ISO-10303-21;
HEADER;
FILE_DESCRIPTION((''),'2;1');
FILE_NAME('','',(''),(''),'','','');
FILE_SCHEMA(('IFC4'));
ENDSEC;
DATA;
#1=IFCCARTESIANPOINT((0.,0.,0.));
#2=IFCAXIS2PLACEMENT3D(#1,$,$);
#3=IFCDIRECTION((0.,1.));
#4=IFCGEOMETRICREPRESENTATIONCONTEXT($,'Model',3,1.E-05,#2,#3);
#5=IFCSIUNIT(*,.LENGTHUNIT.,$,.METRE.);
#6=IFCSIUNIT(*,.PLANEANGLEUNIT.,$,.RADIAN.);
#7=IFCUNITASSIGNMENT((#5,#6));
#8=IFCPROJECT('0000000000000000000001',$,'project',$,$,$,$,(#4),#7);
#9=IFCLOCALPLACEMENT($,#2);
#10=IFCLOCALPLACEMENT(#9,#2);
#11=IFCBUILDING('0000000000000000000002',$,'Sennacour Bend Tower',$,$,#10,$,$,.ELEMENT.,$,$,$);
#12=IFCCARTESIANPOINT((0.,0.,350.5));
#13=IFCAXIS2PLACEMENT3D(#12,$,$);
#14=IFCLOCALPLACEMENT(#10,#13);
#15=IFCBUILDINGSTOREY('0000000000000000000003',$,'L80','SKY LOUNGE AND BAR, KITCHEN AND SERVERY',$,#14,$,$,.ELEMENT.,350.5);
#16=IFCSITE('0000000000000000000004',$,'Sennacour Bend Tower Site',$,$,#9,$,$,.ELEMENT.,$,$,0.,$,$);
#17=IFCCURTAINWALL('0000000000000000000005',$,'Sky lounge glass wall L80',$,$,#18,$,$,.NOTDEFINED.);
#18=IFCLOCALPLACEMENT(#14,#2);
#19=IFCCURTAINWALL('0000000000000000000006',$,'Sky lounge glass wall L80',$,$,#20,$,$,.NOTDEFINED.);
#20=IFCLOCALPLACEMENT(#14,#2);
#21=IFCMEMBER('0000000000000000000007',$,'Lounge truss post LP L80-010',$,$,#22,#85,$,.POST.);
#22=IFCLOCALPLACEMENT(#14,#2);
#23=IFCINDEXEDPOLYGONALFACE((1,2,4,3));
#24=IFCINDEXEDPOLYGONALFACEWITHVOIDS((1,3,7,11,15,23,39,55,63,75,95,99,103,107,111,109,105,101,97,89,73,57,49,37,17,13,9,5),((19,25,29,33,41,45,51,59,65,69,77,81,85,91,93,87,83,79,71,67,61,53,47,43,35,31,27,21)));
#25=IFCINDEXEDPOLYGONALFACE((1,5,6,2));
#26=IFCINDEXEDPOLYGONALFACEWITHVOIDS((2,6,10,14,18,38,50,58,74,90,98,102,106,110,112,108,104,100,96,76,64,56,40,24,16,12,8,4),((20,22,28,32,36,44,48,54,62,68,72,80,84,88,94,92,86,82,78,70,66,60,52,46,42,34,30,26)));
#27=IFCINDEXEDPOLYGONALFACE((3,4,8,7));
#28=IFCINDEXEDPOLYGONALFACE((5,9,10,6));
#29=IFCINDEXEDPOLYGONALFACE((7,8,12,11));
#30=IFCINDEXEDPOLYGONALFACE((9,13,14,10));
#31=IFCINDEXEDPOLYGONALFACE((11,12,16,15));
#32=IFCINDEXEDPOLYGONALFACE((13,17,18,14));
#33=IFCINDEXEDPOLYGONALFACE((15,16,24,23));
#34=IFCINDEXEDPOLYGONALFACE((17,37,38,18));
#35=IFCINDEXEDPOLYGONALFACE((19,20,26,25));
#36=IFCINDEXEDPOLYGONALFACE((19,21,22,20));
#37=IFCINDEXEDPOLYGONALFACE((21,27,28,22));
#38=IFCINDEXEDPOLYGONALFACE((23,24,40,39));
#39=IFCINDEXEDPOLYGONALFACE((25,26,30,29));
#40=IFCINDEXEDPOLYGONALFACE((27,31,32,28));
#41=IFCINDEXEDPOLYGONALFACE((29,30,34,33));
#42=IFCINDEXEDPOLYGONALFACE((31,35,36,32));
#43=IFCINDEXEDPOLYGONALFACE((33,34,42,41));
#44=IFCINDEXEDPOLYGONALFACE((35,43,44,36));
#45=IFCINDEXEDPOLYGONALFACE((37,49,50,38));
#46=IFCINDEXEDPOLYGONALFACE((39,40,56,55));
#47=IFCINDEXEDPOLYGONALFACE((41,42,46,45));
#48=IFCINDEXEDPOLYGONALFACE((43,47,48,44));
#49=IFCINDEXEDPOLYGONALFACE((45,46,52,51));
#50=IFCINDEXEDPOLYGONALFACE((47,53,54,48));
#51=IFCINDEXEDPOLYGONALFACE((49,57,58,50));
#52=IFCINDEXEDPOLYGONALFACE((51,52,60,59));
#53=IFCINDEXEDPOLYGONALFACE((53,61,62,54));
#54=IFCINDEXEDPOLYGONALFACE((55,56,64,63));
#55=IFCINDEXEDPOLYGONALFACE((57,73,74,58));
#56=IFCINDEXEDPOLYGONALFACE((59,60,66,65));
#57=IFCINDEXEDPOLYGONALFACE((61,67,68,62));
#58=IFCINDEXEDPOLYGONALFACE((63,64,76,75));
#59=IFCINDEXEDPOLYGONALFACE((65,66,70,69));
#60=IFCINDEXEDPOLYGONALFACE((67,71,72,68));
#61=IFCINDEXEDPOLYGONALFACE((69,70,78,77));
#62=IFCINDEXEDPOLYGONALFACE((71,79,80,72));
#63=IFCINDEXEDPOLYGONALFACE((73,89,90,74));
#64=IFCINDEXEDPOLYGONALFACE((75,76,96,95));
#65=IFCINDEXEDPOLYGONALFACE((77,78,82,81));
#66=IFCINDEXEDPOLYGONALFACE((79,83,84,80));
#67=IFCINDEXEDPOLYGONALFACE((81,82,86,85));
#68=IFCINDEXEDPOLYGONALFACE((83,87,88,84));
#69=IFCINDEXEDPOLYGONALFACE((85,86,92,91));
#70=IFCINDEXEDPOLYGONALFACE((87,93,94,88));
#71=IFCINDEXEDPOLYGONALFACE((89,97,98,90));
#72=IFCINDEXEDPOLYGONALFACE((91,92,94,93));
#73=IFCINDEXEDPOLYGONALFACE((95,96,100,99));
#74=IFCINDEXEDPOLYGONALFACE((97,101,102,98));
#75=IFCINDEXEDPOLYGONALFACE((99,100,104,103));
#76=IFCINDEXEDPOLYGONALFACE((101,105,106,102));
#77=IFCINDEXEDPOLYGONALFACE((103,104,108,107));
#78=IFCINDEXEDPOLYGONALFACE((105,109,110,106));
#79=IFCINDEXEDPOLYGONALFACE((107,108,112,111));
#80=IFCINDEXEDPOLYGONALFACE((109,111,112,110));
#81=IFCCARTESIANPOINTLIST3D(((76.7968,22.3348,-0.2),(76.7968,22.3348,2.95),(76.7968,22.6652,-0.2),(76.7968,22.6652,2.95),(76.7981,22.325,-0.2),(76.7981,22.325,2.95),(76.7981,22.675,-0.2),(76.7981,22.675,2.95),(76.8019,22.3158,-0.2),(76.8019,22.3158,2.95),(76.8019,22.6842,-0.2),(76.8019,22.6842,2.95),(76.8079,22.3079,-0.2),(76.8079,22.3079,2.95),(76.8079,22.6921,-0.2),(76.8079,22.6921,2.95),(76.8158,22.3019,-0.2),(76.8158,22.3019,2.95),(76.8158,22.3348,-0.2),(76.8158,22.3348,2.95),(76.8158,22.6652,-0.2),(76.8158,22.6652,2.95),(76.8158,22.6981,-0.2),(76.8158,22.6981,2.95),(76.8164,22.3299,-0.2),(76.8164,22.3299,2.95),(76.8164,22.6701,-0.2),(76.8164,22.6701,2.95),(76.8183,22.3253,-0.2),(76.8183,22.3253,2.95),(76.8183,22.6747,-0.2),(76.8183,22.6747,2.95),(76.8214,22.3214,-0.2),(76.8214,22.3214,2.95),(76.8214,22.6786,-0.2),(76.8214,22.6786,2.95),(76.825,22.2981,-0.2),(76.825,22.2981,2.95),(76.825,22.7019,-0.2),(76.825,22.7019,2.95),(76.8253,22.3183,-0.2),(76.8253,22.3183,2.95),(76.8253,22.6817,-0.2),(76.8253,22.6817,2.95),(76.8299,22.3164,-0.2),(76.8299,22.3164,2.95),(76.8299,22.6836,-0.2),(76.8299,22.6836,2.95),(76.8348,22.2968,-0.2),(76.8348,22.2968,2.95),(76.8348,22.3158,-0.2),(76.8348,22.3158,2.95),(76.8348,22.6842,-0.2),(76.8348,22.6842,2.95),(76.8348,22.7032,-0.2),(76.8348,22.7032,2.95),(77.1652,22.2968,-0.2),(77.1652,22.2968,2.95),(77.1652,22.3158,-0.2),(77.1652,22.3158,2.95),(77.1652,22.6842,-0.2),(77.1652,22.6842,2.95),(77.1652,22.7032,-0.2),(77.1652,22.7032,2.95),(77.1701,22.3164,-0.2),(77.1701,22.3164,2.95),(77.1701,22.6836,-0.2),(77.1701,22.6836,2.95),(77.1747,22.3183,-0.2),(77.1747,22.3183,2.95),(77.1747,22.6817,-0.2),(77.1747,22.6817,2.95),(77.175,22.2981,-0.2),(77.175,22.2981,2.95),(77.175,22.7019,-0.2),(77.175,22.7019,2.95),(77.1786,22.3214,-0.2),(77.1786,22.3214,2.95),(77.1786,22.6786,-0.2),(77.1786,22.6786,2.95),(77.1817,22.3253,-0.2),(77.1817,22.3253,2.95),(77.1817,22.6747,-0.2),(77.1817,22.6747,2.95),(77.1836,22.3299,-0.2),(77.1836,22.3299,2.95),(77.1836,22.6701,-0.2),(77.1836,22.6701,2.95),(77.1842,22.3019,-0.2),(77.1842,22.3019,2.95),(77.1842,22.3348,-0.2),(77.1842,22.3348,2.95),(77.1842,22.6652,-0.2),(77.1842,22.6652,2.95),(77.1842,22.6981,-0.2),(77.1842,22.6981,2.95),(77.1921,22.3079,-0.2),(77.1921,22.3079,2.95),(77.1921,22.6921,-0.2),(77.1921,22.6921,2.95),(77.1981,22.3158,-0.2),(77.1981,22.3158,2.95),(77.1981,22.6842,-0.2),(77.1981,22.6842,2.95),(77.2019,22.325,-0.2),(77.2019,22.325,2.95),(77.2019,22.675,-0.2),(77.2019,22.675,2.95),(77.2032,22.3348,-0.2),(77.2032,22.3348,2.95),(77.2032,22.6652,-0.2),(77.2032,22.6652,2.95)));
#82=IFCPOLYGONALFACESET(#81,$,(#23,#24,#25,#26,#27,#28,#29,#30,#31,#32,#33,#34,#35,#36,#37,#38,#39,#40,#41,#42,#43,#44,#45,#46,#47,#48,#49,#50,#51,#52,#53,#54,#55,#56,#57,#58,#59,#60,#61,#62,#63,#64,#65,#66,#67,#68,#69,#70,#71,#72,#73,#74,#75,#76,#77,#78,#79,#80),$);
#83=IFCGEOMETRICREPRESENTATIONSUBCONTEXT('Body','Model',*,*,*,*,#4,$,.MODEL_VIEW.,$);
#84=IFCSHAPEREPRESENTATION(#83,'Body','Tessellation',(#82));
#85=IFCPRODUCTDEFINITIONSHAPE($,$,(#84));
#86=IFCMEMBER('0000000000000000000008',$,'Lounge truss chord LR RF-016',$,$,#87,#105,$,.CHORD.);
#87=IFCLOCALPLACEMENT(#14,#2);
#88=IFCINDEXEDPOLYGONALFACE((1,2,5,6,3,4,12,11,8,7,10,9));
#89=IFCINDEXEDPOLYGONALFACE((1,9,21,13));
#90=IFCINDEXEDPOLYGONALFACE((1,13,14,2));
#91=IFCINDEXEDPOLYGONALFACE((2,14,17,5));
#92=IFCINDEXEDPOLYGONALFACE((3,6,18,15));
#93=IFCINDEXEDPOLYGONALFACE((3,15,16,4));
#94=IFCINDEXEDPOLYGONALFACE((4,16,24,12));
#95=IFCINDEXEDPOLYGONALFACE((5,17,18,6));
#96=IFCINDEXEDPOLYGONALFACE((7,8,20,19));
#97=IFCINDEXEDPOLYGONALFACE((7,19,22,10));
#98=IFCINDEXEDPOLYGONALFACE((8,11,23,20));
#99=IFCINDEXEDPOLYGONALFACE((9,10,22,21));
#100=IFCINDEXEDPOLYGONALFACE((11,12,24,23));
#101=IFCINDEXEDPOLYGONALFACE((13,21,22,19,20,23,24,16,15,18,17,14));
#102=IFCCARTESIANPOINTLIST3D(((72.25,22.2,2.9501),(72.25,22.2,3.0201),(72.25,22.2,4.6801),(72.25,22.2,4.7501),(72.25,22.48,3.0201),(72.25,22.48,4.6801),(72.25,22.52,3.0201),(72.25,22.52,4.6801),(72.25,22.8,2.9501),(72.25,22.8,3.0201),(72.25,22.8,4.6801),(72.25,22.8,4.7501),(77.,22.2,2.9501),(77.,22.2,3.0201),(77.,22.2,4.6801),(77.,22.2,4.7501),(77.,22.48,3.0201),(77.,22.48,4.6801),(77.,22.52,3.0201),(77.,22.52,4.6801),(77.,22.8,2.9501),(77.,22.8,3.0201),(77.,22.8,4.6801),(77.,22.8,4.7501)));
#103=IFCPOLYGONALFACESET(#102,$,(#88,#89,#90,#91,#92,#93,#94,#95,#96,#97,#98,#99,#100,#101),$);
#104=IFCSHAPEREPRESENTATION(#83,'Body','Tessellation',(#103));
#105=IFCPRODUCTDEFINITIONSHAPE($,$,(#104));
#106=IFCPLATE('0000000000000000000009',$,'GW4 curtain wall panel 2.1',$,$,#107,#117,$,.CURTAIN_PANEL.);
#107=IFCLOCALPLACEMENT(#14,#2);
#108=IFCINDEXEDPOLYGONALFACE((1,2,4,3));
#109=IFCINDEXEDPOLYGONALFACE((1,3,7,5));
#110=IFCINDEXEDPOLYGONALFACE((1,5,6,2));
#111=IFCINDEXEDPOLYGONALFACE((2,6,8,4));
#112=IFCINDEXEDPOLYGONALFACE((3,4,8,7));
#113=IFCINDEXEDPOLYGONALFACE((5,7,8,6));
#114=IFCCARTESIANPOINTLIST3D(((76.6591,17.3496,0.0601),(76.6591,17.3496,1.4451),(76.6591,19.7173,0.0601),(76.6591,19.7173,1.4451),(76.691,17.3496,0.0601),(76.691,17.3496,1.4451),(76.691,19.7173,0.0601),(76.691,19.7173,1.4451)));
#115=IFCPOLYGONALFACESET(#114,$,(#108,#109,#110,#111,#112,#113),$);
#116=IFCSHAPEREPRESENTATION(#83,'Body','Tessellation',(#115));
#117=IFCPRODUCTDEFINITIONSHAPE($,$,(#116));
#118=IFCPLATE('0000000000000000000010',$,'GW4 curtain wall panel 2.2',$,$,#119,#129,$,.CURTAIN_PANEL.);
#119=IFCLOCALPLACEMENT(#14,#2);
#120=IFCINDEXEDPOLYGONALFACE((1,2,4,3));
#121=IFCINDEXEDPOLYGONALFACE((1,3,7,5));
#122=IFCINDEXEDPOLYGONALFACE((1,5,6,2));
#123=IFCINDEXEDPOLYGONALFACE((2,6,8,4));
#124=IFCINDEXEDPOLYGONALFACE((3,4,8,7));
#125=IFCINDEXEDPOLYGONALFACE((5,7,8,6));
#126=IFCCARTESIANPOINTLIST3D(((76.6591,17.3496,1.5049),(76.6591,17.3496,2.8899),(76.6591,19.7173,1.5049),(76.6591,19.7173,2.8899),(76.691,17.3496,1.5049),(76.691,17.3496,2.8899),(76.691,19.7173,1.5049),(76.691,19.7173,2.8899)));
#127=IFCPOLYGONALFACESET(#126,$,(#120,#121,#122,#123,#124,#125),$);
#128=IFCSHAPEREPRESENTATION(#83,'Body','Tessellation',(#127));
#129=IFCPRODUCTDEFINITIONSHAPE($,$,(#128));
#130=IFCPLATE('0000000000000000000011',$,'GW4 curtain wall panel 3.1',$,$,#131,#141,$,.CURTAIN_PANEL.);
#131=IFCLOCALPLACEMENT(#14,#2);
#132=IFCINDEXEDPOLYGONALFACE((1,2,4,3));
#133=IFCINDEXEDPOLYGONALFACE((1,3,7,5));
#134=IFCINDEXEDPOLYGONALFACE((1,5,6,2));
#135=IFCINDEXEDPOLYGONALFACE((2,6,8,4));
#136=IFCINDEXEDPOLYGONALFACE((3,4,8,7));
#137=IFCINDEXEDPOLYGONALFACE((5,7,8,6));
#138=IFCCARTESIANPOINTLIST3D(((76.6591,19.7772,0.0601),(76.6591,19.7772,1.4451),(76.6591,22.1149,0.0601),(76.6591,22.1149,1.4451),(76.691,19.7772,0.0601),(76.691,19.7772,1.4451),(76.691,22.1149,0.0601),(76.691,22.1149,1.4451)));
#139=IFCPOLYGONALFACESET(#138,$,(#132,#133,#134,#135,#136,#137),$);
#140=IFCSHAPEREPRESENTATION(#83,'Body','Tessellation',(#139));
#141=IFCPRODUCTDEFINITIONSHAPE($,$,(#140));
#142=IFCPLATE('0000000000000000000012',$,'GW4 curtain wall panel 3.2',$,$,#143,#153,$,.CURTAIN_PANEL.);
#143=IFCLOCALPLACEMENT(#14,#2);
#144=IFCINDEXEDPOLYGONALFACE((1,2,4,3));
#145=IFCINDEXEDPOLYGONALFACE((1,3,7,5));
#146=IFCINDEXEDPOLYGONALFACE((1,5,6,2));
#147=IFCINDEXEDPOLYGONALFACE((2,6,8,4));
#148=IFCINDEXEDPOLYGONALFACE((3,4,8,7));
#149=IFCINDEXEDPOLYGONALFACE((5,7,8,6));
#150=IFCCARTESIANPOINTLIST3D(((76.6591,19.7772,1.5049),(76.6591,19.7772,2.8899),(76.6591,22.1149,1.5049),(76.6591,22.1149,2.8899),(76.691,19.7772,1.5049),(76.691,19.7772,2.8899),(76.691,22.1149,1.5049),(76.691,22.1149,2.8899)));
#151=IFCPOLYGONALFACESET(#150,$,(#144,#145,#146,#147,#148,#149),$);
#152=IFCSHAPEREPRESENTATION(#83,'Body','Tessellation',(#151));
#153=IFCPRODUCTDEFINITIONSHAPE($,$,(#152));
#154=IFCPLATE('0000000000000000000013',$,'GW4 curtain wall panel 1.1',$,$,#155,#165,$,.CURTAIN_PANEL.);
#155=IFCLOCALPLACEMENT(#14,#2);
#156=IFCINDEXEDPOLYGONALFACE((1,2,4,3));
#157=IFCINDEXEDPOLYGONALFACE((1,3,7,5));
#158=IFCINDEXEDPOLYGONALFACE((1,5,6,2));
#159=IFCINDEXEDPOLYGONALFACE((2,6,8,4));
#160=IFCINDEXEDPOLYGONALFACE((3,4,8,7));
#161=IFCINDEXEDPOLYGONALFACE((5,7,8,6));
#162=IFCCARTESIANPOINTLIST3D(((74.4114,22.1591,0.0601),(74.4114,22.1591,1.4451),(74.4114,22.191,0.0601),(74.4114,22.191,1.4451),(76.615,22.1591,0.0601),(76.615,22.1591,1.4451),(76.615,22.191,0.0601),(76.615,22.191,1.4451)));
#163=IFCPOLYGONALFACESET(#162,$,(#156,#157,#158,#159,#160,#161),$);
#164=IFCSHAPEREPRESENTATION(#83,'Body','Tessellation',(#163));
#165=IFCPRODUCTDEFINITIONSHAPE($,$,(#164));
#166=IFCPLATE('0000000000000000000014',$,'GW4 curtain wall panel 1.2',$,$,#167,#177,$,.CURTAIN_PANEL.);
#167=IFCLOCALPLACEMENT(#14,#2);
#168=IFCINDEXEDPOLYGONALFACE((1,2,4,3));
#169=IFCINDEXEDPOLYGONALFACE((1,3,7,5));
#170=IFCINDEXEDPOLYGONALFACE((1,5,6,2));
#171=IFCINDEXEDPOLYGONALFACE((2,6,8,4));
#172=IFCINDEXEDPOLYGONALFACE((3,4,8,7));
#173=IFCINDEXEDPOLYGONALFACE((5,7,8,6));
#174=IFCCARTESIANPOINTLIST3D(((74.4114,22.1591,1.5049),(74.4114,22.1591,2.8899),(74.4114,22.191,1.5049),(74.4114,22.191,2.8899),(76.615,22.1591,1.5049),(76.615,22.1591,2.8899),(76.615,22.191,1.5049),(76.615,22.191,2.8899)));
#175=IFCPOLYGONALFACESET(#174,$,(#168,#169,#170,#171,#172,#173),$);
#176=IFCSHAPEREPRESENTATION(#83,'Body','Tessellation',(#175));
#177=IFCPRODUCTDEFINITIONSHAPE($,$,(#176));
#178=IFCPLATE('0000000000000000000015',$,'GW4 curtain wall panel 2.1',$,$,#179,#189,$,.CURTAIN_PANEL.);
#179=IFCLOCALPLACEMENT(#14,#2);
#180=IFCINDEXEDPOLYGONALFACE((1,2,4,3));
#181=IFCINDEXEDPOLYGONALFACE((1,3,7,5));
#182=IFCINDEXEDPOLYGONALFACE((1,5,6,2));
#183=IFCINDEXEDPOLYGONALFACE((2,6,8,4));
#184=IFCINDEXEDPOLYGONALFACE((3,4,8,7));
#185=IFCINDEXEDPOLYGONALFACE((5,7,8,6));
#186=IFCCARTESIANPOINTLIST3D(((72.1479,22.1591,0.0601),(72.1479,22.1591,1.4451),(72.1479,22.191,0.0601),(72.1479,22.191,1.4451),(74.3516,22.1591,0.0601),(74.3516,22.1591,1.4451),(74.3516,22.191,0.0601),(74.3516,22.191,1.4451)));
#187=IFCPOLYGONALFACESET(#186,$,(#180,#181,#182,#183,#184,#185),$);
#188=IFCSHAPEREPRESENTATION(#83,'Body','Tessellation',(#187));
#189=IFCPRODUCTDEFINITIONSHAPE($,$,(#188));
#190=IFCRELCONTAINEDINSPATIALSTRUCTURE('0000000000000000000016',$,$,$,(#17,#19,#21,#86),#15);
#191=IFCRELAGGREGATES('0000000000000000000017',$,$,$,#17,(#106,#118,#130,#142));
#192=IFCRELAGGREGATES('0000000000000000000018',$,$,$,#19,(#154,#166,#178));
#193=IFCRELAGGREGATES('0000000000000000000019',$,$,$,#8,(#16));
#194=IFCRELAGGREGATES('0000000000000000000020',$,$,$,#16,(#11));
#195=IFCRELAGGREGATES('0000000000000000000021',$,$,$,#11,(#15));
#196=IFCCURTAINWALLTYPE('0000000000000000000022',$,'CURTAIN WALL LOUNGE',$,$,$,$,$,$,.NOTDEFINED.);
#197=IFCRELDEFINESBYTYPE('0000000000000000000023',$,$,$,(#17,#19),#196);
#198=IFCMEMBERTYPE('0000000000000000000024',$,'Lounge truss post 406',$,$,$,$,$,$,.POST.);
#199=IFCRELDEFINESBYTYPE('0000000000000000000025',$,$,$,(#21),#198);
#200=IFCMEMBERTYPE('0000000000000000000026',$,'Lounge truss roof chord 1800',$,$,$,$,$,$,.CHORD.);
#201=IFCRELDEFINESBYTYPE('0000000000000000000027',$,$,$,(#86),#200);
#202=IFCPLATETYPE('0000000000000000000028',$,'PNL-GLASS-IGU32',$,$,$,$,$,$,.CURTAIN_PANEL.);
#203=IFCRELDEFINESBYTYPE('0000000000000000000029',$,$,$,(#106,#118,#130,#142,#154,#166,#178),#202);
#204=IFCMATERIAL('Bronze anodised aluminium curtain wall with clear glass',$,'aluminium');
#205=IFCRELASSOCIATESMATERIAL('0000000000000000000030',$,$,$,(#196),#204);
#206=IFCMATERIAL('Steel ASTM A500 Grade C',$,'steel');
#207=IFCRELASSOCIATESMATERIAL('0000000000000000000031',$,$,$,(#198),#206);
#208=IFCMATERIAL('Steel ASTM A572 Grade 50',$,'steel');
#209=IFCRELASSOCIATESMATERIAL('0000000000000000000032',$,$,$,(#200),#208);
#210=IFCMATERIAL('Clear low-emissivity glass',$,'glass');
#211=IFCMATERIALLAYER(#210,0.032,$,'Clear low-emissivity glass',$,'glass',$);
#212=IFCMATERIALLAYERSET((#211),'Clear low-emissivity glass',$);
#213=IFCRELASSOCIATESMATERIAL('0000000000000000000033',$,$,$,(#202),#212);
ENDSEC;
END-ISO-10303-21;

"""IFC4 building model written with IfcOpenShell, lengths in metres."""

from ifc_helpers import new_model, si_unit, direction, frame, origin, origin_2d, place, context, subcontext, project, spatial, rectangle, hollow_rectangle, i_section, extrude, material, layer, layer_set, material_profile, profile_set, type_object, element, aggregate, save


model = new_model("IFC4")

# Units and contexts
model_context = context("Model", 3, precision=1e-05, world=origin(), true_north=direction((0.0, 1.0)))
body_context = subcontext(model_context, "Body", "Model", "MODEL_VIEW")
ifc_project = project(units=[si_unit("LENGTHUNIT", "METRE"), si_unit("PLANEANGLEUNIT", "RADIAN")], contexts=[model_context])

# Site, building, storey
site_placement = place(None, origin())
site = spatial("IfcSite", under=ifc_project, at=site_placement, Name="Sennacour Bend Tower Site", CompositionType="ELEMENT", RefElevation=0.0)
building_placement = place(site_placement, origin())
building = spatial("IfcBuilding", under=site, at=building_placement, Name="Sennacour Bend Tower", CompositionType="ELEMENT")
storey_placement = place(building_placement, frame((0.0, 0.0, 350.5)))
storey = spatial("IfcBuildingStorey", under=building, at=storey_placement, Name="L80", Description="SKY LOUNGE AND BAR, KITCHEN AND SERVERY", CompositionType="ELEMENT", Elevation=350.5)

# Curtain walls
ifc_material_1 = material(Name="Bronze anodised aluminium curtain wall with clear glass", Category="aluminium")
curtain_wall_type = type_object("IfcCurtainWallType", Name="CURTAIN WALL LOUNGE", PredefinedType="NOTDEFINED", material=ifc_material_1)
curtain_wall_1_placement = place(storey_placement, origin())
curtain_wall_1 = element("IfcCurtainWall", 1, at=curtain_wall_1_placement, inside=storey, type_object=curtain_wall_type, Name="Sky lounge glass wall L80", PredefinedType="NOTDEFINED")
curtain_wall_2_placement = place(storey_placement, origin())
curtain_wall_2 = element("IfcCurtainWall", 2, at=curtain_wall_2_placement, inside=storey, type_object=curtain_wall_type, Name="Sky lounge glass wall L80", PredefinedType="NOTDEFINED")

# Members
ifc_material_2 = material(Name="Steel ASTM A500 Grade C", Category="steel")
ifc_material_profile_1 = material_profile(ifc_material_2, hollow_rectangle(XDim=0.4065, YDim=0.4065, WallThickness=0.019, InnerFilletRadius=0.019, OuterFilletRadius=0.0381, at=origin_2d()), Name="Steel ASTM A500 Grade C", Category="steel")
ifc_profile_set_1 = profile_set([ifc_material_profile_1], Name="Steel ASTM A500 Grade C")
member_type_1 = type_object("IfcMemberType", Name="Lounge truss post 406", PredefinedType="POST", material=ifc_profile_set_1)
for number, where, z_axis, x_axis, name in (
    (3, (77.0, 22.5, -0.2), (0.0, 0.0, 1.0), (1.0, 0.0, 0.0), "Lounge truss post LP L80-010"),
):
    element("IfcMember", number, at=place(storey_placement, frame(where, z_axis=z_axis, x_axis=x_axis)), inside=storey, type_object=member_type_1, Name=name, PredefinedType="POST", context=body_context, shape_type="SweptSolid", body=[
        extrude(hollow_rectangle(XDim=0.4065, YDim=0.4065, WallThickness=0.019, InnerFilletRadius=0.019, OuterFilletRadius=0.0381, at=origin_2d()), origin(), (0.0, 0.0, 1.0), 3.1499),
    ])
ifc_material_3 = material(Name="Steel ASTM A572 Grade 50", Category="steel")
ifc_material_profile_2 = material_profile(ifc_material_3, i_section(OverallWidth=0.6001, OverallDepth=1.8, WebThickness=0.04, FlangeThickness=0.0701, at=origin_2d()), Name="Steel ASTM A572 Grade 50", Category="steel")
ifc_profile_set_2 = profile_set([ifc_material_profile_2], Name="Steel ASTM A572 Grade 50")
member_type_2 = type_object("IfcMemberType", Name="Lounge truss roof chord 1800", PredefinedType="CHORD", material=ifc_profile_set_2)
member_1_placement = place(storey_placement, frame((72.25, 22.5, 3.8501), z_axis=(1.0, 0.0, 0.0), x_axis=(0.0, 1.0, 0.0)))
element("IfcMember", 4, at=member_1_placement, inside=storey, type_object=member_type_2, Name="Lounge truss chord LR RF-016", PredefinedType="CHORD", context=body_context, shape_type="SweptSolid", body=[
    extrude(i_section(OverallWidth=0.6001, OverallDepth=1.8, WebThickness=0.04, FlangeThickness=0.0701, at=origin_2d()), origin(), (0.0, 0.0, 1.0), 4.75),
])

# Plates
ifc_material_4 = material(Name="Clear low-emissivity glass", Category="glass")
ifc_layer = layer(ifc_material_4, 0.032, Name="Clear low-emissivity glass", Category="glass")
ifc_layer_set = layer_set([ifc_layer], Name="Clear low-emissivity glass")
plate_type = type_object("IfcPlateType", Name="PNL-GLASS-IGU32", PredefinedType="CURTAIN_PANEL", material=ifc_layer_set)
plate_1_placement = place(storey_placement, frame((76.675, 18.5334, 0.0601), z_axis=(0.0, 0.0, 1.0), x_axis=(0.0, 1.0, 0.0)))
plate_1 = element("IfcPlate", 5, at=plate_1_placement, type_object=plate_type, Name="GW4 curtain wall panel 2.1", PredefinedType="CURTAIN_PANEL", context=body_context, shape_type="SweptSolid", body=[
    extrude(rectangle(XDim=2.3677, YDim=0.032, at=origin_2d()), origin(), (0.0, 0.0, 1.0), 1.385),
])
plate_2_placement = place(storey_placement, frame((76.675, 18.5334, 1.5049), z_axis=(0.0, 0.0, 1.0), x_axis=(0.0, 1.0, 0.0)))
plate_2 = element("IfcPlate", 6, at=plate_2_placement, type_object=plate_type, Name="GW4 curtain wall panel 2.2", PredefinedType="CURTAIN_PANEL", context=body_context, shape_type="SweptSolid", body=[
    extrude(rectangle(XDim=2.3677, YDim=0.032, at=origin_2d()), origin(), (0.0, 0.0, 1.0), 1.385),
])
plate_3_placement = place(storey_placement, frame((76.675, 20.946, 0.0601), z_axis=(0.0, 0.0, 1.0), x_axis=(0.0, 1.0, 0.0)))
plate_3 = element("IfcPlate", 7, at=plate_3_placement, type_object=plate_type, Name="GW4 curtain wall panel 3.1", PredefinedType="CURTAIN_PANEL", context=body_context, shape_type="SweptSolid", body=[
    extrude(rectangle(XDim=2.3376, YDim=0.032, at=origin_2d()), origin(), (0.0, 0.0, 1.0), 1.385),
])
plate_4_placement = place(storey_placement, frame((76.675, 20.946, 1.5049), z_axis=(0.0, 0.0, 1.0), x_axis=(0.0, 1.0, 0.0)))
plate_4 = element("IfcPlate", 8, at=plate_4_placement, type_object=plate_type, Name="GW4 curtain wall panel 3.2", PredefinedType="CURTAIN_PANEL", context=body_context, shape_type="SweptSolid", body=[
    extrude(rectangle(XDim=2.3376, YDim=0.032, at=origin_2d()), origin(), (0.0, 0.0, 1.0), 1.385),
])
aggregate(curtain_wall_1, [plate_1, plate_2, plate_3, plate_4])
plate_5_placement = place(storey_placement, frame((75.5132, 22.175, 0.0601), z_axis=(0.0, 0.0, 1.0), x_axis=(-1.0, 0.0, 0.0)))
plate_5 = element("IfcPlate", 9, at=plate_5_placement, type_object=plate_type, Name="GW4 curtain wall panel 1.1", PredefinedType="CURTAIN_PANEL", context=body_context, shape_type="SweptSolid", body=[
    extrude(rectangle(XDim=2.2036, YDim=0.032, at=origin_2d()), origin(), (0.0, 0.0, 1.0), 1.385),
])
plate_6_placement = place(storey_placement, frame((75.5132, 22.175, 1.5049), z_axis=(0.0, 0.0, 1.0), x_axis=(-1.0, 0.0, 0.0)))
plate_6 = element("IfcPlate", 10, at=plate_6_placement, type_object=plate_type, Name="GW4 curtain wall panel 1.2", PredefinedType="CURTAIN_PANEL", context=body_context, shape_type="SweptSolid", body=[
    extrude(rectangle(XDim=2.2036, YDim=0.032, at=origin_2d()), origin(), (0.0, 0.0, 1.0), 1.385),
])
plate_7_placement = place(storey_placement, frame((73.2498, 22.175, 0.0601), z_axis=(0.0, 0.0, 1.0), x_axis=(-1.0, 0.0, 0.0)))
plate_7 = element("IfcPlate", 11, at=plate_7_placement, type_object=plate_type, Name="GW4 curtain wall panel 2.1", PredefinedType="CURTAIN_PANEL", context=body_context, shape_type="SweptSolid", body=[
    extrude(rectangle(XDim=2.2036, YDim=0.032, at=origin_2d()), origin(), (0.0, 0.0, 1.0), 1.385),
])
aggregate(curtain_wall_2, [plate_5, plate_6, plate_7])

save(model, "model.ifc")
